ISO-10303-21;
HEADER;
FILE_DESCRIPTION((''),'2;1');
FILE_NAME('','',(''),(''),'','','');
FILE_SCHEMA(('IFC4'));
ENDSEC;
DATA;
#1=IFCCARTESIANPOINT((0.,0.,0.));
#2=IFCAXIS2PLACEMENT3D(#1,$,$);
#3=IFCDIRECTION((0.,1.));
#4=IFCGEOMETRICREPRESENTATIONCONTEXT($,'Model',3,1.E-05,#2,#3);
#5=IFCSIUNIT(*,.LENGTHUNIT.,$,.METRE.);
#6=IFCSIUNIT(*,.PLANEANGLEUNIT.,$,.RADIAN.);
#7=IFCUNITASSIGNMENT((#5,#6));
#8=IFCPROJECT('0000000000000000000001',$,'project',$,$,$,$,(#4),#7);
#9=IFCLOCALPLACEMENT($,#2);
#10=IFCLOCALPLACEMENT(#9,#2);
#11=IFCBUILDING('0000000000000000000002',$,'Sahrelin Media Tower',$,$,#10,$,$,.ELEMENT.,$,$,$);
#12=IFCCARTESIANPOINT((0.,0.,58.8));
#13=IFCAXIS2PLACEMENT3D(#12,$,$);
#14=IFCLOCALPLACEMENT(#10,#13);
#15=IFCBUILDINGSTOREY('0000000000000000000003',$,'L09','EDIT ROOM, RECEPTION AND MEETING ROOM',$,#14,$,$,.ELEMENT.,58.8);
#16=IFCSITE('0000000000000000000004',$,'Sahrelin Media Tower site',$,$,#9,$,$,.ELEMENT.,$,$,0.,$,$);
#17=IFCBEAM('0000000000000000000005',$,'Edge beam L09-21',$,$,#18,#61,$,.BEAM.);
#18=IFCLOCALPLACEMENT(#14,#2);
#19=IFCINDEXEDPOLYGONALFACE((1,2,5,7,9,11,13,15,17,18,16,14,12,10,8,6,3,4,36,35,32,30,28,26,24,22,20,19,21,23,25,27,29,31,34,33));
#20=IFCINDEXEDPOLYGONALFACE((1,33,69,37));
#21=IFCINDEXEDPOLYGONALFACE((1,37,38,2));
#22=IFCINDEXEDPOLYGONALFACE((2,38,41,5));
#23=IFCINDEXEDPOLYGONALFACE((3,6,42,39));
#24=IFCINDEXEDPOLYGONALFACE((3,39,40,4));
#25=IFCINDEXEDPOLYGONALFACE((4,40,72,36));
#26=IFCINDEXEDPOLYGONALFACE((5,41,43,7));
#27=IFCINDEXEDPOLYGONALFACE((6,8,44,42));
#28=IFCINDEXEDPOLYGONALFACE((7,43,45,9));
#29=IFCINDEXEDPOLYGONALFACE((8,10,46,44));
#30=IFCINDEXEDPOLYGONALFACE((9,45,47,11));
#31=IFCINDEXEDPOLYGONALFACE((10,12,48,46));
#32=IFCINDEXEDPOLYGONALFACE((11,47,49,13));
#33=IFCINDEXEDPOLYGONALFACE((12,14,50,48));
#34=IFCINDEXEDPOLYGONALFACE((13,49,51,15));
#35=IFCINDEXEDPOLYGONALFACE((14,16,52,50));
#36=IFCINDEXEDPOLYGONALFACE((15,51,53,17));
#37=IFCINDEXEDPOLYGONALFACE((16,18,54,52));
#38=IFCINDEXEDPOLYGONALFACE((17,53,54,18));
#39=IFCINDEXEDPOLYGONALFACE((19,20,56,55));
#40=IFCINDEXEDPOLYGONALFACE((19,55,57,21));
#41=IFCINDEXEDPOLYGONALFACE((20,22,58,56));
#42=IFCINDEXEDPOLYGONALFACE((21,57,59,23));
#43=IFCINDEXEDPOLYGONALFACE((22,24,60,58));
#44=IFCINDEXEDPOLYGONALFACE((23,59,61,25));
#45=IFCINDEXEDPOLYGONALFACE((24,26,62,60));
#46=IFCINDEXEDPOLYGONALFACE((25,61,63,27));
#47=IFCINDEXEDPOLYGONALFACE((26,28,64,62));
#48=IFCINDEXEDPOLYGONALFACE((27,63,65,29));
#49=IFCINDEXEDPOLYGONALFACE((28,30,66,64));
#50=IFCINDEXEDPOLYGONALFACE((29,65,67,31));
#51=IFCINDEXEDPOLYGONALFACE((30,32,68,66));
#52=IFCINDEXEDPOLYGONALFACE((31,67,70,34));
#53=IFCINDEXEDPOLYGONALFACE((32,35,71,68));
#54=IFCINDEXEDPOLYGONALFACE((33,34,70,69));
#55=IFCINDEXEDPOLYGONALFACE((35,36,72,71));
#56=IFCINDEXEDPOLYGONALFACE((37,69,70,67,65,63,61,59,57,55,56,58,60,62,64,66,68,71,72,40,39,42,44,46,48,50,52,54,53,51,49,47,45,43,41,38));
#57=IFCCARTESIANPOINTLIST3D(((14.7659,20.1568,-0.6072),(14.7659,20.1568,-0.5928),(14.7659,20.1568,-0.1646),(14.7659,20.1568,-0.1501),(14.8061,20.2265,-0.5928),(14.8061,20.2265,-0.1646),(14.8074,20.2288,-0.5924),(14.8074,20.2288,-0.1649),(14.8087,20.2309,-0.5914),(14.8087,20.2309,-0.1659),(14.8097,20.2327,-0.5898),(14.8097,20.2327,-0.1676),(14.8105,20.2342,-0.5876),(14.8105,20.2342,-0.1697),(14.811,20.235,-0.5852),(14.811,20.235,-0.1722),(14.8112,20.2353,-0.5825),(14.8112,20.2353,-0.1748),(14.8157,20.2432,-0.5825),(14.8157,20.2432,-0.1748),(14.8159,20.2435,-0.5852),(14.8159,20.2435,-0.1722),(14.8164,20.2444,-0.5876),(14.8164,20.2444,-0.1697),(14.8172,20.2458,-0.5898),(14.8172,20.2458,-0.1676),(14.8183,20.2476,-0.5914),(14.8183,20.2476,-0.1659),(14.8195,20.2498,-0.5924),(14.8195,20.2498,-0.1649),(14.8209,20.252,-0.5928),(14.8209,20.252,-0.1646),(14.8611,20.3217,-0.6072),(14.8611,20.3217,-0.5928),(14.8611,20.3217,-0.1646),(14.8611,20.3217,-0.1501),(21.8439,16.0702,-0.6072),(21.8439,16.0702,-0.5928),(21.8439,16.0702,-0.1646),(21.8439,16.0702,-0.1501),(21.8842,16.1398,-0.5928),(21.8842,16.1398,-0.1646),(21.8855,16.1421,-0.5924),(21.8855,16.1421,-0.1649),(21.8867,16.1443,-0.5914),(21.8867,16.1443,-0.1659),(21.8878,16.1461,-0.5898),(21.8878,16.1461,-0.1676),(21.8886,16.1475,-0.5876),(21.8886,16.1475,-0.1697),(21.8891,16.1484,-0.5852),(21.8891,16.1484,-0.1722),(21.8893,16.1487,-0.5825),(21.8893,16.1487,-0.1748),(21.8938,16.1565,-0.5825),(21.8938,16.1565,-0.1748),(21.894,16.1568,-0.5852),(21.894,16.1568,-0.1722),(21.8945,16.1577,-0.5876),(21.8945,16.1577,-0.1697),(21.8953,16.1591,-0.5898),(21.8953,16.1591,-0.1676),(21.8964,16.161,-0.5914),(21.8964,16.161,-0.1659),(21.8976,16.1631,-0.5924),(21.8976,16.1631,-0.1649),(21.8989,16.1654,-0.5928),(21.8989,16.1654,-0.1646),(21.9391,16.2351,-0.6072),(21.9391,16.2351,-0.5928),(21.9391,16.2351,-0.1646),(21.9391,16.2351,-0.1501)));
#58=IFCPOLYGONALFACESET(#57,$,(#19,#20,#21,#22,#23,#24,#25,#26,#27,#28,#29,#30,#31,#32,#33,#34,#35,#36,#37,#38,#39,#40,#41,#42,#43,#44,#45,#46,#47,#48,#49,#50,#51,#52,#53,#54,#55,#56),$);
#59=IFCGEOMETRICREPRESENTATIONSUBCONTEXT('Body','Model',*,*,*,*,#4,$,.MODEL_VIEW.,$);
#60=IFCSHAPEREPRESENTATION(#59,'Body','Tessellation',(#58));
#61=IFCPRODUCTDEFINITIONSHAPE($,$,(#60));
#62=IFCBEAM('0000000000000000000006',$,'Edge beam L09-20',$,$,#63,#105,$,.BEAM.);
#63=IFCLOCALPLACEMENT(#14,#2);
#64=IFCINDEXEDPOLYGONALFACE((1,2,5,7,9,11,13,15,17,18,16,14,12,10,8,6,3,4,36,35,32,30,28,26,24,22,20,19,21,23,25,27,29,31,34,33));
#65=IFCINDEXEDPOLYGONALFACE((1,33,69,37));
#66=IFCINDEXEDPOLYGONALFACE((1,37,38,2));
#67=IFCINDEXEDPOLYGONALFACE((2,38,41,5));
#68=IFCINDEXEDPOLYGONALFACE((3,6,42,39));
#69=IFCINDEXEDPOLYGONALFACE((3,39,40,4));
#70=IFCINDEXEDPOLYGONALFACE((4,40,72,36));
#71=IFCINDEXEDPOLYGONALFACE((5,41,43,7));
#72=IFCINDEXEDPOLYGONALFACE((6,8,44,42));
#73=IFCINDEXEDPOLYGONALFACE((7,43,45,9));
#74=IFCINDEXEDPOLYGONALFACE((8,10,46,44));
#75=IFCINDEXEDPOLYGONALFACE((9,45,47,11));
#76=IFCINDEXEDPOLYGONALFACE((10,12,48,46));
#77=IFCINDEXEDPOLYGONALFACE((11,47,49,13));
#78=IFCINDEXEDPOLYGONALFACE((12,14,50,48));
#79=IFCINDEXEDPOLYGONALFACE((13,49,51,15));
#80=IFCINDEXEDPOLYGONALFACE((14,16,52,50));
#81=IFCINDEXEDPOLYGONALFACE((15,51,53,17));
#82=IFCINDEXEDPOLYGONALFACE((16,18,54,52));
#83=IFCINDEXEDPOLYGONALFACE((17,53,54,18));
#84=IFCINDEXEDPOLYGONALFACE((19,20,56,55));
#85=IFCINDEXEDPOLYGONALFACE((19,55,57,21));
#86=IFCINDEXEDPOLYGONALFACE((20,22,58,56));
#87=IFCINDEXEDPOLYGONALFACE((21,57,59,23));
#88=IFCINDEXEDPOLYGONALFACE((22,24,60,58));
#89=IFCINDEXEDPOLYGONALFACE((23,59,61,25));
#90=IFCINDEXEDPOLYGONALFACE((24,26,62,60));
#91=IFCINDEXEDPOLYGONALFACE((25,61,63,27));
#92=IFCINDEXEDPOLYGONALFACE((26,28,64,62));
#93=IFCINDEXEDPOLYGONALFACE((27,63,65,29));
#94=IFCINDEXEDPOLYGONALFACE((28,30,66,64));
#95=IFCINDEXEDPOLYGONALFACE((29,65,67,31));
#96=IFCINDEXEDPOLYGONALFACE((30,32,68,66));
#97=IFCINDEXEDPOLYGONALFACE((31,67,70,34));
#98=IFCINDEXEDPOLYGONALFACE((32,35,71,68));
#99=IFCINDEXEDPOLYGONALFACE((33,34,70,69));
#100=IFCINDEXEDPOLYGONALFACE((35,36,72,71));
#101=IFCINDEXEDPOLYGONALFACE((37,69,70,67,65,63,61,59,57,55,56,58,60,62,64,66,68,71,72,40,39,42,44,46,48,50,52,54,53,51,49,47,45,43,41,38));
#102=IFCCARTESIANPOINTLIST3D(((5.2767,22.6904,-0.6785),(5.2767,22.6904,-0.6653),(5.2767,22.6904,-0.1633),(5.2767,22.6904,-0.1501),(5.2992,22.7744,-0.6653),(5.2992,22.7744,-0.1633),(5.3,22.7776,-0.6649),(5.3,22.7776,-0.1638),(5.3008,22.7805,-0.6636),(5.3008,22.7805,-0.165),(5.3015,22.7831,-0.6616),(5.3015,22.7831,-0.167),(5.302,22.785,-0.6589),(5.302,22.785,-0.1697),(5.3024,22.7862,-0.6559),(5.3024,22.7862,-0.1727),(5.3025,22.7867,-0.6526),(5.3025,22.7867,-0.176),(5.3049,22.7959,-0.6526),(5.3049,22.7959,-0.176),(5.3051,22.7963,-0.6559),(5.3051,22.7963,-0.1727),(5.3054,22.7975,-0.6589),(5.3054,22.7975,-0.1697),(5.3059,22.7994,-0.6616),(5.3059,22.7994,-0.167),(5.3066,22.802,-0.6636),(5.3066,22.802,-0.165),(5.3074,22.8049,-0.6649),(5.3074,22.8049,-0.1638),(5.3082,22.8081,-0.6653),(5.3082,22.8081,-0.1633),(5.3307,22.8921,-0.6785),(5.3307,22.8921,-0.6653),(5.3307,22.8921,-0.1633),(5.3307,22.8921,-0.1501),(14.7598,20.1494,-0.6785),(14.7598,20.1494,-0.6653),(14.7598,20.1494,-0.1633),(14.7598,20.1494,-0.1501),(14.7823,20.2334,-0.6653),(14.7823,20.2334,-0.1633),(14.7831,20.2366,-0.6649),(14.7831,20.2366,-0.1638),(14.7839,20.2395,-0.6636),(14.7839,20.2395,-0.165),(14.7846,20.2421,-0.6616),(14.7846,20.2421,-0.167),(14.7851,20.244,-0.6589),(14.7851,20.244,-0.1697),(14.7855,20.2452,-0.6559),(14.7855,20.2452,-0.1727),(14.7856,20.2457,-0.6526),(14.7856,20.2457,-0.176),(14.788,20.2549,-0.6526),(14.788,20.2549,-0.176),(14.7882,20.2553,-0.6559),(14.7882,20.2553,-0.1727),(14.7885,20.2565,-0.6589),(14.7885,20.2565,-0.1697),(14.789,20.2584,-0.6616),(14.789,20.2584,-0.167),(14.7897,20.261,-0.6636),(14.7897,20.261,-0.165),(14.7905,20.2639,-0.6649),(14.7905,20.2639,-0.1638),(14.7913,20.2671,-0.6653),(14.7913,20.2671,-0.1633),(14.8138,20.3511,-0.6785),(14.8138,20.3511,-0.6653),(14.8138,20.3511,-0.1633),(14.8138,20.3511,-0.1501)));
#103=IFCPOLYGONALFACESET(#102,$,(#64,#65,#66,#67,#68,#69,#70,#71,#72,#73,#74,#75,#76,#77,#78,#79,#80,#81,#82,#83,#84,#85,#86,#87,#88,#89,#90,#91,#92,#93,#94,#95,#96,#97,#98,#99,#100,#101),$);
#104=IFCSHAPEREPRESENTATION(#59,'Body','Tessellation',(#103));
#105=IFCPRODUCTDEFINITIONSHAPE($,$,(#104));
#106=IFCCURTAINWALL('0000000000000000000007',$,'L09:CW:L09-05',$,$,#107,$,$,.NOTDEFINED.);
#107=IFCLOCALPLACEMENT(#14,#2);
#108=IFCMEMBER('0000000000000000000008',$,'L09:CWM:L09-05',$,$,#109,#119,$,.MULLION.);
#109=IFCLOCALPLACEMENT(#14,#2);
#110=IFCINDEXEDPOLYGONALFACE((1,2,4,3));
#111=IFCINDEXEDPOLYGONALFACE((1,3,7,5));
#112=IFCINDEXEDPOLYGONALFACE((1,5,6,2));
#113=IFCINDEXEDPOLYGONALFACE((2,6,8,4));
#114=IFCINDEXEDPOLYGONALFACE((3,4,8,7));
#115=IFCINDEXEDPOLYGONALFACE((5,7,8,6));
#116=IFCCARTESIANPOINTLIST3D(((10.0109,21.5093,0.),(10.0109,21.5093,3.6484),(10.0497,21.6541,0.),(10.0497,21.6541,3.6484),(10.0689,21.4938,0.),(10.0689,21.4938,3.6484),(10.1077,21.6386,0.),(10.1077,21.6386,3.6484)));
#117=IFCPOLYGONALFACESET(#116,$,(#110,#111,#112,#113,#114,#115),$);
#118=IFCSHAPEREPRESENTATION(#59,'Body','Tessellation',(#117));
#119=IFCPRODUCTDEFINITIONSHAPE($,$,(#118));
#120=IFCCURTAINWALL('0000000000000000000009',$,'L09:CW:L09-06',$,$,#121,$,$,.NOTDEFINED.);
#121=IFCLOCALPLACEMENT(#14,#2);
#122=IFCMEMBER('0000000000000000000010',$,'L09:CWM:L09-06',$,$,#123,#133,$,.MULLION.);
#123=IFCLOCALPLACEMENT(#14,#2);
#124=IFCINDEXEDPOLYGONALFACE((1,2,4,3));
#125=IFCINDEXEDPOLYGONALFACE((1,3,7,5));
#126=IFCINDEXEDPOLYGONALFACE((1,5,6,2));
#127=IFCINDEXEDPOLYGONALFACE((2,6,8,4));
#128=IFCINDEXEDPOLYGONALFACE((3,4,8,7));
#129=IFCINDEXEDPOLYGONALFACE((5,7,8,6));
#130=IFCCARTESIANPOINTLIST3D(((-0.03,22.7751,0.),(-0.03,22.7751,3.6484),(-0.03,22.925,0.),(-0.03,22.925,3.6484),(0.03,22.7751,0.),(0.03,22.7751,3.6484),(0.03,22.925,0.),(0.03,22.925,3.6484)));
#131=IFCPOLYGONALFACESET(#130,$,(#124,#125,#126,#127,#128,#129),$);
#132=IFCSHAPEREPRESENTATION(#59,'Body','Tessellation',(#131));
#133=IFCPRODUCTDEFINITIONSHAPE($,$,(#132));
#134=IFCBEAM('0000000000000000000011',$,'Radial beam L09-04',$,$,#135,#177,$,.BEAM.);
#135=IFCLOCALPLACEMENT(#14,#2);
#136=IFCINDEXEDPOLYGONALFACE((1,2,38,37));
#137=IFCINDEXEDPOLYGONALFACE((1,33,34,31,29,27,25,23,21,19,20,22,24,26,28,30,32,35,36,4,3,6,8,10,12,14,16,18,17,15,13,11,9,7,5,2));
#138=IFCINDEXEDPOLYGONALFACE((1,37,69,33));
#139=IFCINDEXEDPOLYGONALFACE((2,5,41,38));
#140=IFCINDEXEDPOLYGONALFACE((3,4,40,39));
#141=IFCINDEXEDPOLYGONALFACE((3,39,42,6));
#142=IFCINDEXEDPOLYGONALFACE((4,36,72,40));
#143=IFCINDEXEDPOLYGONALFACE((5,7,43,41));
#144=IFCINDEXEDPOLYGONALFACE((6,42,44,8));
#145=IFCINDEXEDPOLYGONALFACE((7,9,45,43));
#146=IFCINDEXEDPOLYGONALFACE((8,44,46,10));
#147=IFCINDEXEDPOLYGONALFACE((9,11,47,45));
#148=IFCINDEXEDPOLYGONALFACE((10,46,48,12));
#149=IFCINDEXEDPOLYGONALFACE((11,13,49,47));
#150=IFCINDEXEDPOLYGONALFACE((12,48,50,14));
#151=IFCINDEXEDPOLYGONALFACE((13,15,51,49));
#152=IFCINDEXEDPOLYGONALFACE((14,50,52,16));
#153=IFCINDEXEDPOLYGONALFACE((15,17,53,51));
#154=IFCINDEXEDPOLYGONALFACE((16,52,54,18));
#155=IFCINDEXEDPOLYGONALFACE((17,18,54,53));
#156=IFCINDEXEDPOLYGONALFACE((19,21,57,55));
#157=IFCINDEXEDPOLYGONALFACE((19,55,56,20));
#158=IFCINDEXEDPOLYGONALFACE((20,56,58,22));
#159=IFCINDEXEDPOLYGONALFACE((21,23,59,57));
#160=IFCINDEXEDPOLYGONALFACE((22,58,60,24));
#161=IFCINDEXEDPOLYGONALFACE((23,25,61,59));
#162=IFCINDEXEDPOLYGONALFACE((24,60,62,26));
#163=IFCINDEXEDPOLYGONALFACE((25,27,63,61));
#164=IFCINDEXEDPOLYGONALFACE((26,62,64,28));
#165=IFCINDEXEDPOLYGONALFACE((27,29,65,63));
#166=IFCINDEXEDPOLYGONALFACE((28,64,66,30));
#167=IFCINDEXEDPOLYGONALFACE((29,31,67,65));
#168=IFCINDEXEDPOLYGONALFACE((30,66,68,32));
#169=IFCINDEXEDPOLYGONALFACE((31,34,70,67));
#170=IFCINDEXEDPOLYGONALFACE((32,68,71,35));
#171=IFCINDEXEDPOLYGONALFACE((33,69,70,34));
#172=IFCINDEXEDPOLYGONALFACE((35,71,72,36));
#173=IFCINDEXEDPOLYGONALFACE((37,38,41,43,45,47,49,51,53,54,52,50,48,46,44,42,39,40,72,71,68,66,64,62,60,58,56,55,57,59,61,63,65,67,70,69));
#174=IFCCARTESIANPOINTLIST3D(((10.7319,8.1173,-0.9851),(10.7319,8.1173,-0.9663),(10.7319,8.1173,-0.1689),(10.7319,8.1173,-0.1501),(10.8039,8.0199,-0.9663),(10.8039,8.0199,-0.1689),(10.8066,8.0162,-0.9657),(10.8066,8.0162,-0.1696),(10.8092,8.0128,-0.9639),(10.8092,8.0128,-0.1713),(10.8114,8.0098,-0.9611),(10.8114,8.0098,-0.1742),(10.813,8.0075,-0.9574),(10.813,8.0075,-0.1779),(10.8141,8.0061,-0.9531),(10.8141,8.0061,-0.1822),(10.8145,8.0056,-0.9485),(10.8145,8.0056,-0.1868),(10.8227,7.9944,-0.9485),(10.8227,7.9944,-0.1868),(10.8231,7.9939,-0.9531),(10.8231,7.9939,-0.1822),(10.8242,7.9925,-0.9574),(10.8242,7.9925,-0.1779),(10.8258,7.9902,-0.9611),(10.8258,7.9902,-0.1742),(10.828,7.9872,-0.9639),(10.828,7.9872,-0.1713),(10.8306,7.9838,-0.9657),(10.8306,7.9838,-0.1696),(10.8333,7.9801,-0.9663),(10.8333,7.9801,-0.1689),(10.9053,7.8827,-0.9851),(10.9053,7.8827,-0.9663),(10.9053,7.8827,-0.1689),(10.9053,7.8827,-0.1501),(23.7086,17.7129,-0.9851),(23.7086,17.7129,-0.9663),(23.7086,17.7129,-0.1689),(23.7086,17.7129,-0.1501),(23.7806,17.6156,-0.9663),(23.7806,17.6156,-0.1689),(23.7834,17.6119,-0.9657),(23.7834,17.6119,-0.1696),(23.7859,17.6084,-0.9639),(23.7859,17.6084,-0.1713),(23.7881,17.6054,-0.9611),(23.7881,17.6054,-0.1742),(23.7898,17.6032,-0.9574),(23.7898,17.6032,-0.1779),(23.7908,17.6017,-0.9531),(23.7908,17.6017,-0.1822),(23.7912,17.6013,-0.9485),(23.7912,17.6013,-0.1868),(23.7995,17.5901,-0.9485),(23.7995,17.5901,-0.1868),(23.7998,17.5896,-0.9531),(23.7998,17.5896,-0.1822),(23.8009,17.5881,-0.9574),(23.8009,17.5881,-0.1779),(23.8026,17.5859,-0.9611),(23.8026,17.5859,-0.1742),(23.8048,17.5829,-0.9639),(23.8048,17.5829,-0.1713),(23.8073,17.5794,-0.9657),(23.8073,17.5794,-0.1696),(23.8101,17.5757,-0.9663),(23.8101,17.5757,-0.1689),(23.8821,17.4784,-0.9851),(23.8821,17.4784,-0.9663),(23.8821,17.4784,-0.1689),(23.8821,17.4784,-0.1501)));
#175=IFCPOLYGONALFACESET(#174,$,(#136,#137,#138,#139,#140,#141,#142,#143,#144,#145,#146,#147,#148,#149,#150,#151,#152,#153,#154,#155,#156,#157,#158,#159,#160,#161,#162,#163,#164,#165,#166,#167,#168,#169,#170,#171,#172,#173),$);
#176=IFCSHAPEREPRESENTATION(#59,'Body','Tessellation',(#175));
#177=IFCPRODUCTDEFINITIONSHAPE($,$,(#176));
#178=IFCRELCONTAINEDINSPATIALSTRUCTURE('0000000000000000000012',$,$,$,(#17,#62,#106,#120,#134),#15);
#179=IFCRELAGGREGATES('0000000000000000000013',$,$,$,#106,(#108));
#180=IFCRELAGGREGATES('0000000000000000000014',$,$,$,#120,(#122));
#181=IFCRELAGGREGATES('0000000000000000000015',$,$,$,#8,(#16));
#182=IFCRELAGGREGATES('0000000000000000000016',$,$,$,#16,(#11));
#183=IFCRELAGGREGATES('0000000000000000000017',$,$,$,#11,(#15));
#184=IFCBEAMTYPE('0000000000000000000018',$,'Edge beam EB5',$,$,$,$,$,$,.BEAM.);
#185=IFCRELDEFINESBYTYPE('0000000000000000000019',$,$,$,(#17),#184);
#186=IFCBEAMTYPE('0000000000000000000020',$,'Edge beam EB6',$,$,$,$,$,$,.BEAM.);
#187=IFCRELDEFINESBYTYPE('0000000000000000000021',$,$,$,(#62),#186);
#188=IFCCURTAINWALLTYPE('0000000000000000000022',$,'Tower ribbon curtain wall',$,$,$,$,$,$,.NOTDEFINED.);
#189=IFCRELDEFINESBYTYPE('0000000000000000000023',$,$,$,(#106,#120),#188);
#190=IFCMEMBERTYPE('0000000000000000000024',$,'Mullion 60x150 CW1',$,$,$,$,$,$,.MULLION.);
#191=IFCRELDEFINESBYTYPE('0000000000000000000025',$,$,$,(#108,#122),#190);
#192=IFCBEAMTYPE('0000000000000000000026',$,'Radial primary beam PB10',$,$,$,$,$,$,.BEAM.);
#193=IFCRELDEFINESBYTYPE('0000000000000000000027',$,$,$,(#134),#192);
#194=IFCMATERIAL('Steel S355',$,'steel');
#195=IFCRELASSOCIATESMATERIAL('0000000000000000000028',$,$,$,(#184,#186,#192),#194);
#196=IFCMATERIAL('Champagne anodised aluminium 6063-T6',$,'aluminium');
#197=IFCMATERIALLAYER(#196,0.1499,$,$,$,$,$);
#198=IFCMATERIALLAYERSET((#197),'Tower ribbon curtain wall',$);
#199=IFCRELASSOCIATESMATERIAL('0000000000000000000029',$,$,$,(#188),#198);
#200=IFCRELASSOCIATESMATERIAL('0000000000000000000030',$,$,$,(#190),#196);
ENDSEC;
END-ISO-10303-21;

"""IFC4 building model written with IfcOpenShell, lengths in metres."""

from ifc_helpers import new_model, si_unit, direction, frame, origin, origin_2d, place, context, subcontext, project, spatial, rectangle, i_section, extrude, material, layer, layer_set, material_profile, profile_set, type_object, element, aggregate, save


model = new_model("IFC4")

# Units and contexts
model_context = context("Model", 3, precision=1e-05, world=origin(), true_north=direction((0.0, 1.0)))
body_context = subcontext(model_context, "Body", "Model", "MODEL_VIEW")
ifc_project = project(units=[si_unit("LENGTHUNIT", "METRE"), si_unit("PLANEANGLEUNIT", "RADIAN")], contexts=[model_context])

# Site, building, storey
site_placement = place(None, origin())
site = spatial("IfcSite", under=ifc_project, at=site_placement, Name="Sahrelin Media Tower site", CompositionType="ELEMENT", RefElevation=0.0)
building_placement = place(site_placement, origin())
building = spatial("IfcBuilding", under=site, at=building_placement, Name="Sahrelin Media Tower", CompositionType="ELEMENT")
storey_placement = place(building_placement, frame((0.0, 0.0, 58.8)))
storey = spatial("IfcBuildingStorey", under=building, at=storey_placement, Name="L09", Description="EDIT ROOM, RECEPTION AND MEETING ROOM", CompositionType="ELEMENT", Elevation=58.8)

# Beams
ifc_material_1 = material(Name="Steel S355", Category="steel")
ifc_material_profile_1 = material_profile(ifc_material_1, i_section(OverallWidth=0.1904, OverallDepth=0.457, WebThickness=0.009, FlangeThickness=0.0144, FilletRadius=0.0103, at=origin_2d()), Name="UB 457x191x74")
ifc_profile_set_1 = profile_set([ifc_material_profile_1], Name="Steel S355")
beam_type_1 = type_object("IfcBeamType", Name="Edge beam EB5", PredefinedType="BEAM", material=ifc_profile_set_1)
beam_1_placement = place(storey_placement, frame((14.8135, 20.2393, -0.3787), z_axis=(0.866019, -0.50001, 0.0), x_axis=(0.50001, 0.866019, 0.0)))
element("IfcBeam", 1, at=beam_1_placement, inside=storey, type_object=beam_type_1, Name="Edge beam L09-21", PredefinedType="BEAM", context=body_context, shape_type="SweptSolid", body=[
    extrude(i_section(OverallWidth=0.1904, OverallDepth=0.457, WebThickness=0.009, FlangeThickness=0.0144, FilletRadius=0.0103, at=origin_2d()), origin(), (0.0, 0.0, 1.0), 8.1731),
])
ifc_material_profile_2 = material_profile(ifc_material_1, i_section(OverallWidth=0.2087, OverallDepth=0.5283, WebThickness=0.0095, FlangeThickness=0.0132, FilletRadius=0.0127, at=origin_2d()), Name="UB 533x210x82")
ifc_profile_set_2 = profile_set([ifc_material_profile_2], Name="Steel S355")
beam_type_2 = type_object("IfcBeamType", Name="Edge beam EB6", PredefinedType="BEAM", material=ifc_profile_set_2)
beam_2_placement = place(storey_placement, frame((5.3037, 22.7913, -0.4143), z_axis=(0.965926, -0.25882, 0.0), x_axis=(0.25882, 0.965926, 0.0)))
element("IfcBeam", 2, at=beam_2_placement, inside=storey, type_object=beam_type_2, Name="Edge beam L09-20", PredefinedType="BEAM", context=body_context, shape_type="SweptSolid", body=[
    extrude(i_section(OverallWidth=0.2087, OverallDepth=0.5283, WebThickness=0.0095, FlangeThickness=0.0132, FilletRadius=0.0127, at=origin_2d()), origin(), (0.0, 0.0, 1.0), 9.8176),
])

# Curtain walls, members
ifc_material_2 = material(Name="Champagne anodised aluminium 6063-T6", Category="aluminium")
ifc_layer_1 = layer(ifc_material_2, 0.1499)
ifc_layer_set_1 = layer_set([ifc_layer_1], Name="Tower ribbon curtain wall")
curtain_wall_type = type_object("IfcCurtainWallType", Name="Tower ribbon curtain wall", PredefinedType="NOTDEFINED", material=ifc_layer_set_1)
curtain_wall_1_placement = place(storey_placement, frame((10.084, 21.6658, 0.0), z_axis=(0.0, 0.0, 1.0), x_axis=(1.0, 0.0, 0.0)))
curtain_wall_1 = element("IfcCurtainWall", 3, at=curtain_wall_1_placement, inside=storey, type_object=curtain_wall_type, Name="L09:CW:L09-05", PredefinedType="NOTDEFINED")
ifc_material_profile_3 = material_profile(ifc_material_2, rectangle(XDim=0.0601, YDim=0.1499, at=origin_2d()), Name="Mullion 60x150")
ifc_profile_set_3 = profile_set([ifc_material_profile_3], Name="Champagne anodised aluminium 6063-T6")
member_type_1 = type_object("IfcMemberType", Name="Mullion 60x150 CW1", PredefinedType="MULLION", material=ifc_profile_set_3)
member_1_placement = place(storey_placement, frame((10.0593, 21.574, 0.0), z_axis=(0.0, 0.0, 1.0), x_axis=(-0.965924, 0.258824, 0.0)))
member_1 = element("IfcMember", 4, at=member_1_placement, type_object=member_type_1, Name="L09:CWM:L09-05", PredefinedType="MULLION", context=body_context, shape_type="SweptSolid", body=[
    extrude(rectangle(XDim=0.0601, YDim=0.1499, at=origin_2d()), origin(), (0.0, 0.0, 1.0), 3.6484),
])
placement_1 = place(storey_placement, frame((0.0, 22.9451, 0.0), z_axis=(0.0, 0.0, 1.0), x_axis=(1.0, 0.0, 0.0)))
curtain_wall_2 = element("IfcCurtainWall", 5, at=placement_1, inside=storey, type_object=curtain_wall_type, Name="L09:CW:L09-06", PredefinedType="NOTDEFINED")
member_2_placement = place(storey_placement, frame((0.0, 22.8501, 0.0), z_axis=(0.0, 0.0, 1.0), x_axis=(-1.0, 0.0, 0.0)))
member_2 = element("IfcMember", 6, at=member_2_placement, type_object=member_type_1, Name="L09:CWM:L09-06", PredefinedType="MULLION", context=body_context, shape_type="SweptSolid", body=[
    extrude(rectangle(XDim=0.0601, YDim=0.1499, at=origin_2d()), origin(), (0.0, 0.0, 1.0), 3.6484),
])

# Beam
ifc_material_profile_4 = material_profile(ifc_material_1, i_section(OverallWidth=0.2917, OverallDepth=0.835, WebThickness=0.0139, FlangeThickness=0.0188, FilletRadius=0.0178, at=origin_2d()), Name="UB 838x292x176")
ifc_profile_set_4 = profile_set([ifc_material_profile_4], Name="Steel S355")
beam_type_3 = type_object("IfcBeamType", Name="Radial primary beam PB10", PredefinedType="BEAM", material=ifc_profile_set_4)
beam_3_placement = place(storey_placement, frame((10.8186, 8.0, -0.5676), z_axis=(0.804053, 0.594557, 0.0), x_axis=(-0.594557, 0.804053, 0.0)))
element("IfcBeam", 7, at=beam_3_placement, inside=storey, type_object=beam_type_3, Name="Radial beam L09-04", PredefinedType="BEAM", context=body_context, shape_type="SweptSolid", body=[
    extrude(i_section(OverallWidth=0.2917, OverallDepth=0.835, WebThickness=0.0139, FlangeThickness=0.0188, FilletRadius=0.0178, at=origin_2d()), origin(), (0.0, 0.0, 1.0), 16.1392),
])

aggregate(curtain_wall_1, [member_1])
aggregate(curtain_wall_2, [member_2])

save(model, "model.ifc")
